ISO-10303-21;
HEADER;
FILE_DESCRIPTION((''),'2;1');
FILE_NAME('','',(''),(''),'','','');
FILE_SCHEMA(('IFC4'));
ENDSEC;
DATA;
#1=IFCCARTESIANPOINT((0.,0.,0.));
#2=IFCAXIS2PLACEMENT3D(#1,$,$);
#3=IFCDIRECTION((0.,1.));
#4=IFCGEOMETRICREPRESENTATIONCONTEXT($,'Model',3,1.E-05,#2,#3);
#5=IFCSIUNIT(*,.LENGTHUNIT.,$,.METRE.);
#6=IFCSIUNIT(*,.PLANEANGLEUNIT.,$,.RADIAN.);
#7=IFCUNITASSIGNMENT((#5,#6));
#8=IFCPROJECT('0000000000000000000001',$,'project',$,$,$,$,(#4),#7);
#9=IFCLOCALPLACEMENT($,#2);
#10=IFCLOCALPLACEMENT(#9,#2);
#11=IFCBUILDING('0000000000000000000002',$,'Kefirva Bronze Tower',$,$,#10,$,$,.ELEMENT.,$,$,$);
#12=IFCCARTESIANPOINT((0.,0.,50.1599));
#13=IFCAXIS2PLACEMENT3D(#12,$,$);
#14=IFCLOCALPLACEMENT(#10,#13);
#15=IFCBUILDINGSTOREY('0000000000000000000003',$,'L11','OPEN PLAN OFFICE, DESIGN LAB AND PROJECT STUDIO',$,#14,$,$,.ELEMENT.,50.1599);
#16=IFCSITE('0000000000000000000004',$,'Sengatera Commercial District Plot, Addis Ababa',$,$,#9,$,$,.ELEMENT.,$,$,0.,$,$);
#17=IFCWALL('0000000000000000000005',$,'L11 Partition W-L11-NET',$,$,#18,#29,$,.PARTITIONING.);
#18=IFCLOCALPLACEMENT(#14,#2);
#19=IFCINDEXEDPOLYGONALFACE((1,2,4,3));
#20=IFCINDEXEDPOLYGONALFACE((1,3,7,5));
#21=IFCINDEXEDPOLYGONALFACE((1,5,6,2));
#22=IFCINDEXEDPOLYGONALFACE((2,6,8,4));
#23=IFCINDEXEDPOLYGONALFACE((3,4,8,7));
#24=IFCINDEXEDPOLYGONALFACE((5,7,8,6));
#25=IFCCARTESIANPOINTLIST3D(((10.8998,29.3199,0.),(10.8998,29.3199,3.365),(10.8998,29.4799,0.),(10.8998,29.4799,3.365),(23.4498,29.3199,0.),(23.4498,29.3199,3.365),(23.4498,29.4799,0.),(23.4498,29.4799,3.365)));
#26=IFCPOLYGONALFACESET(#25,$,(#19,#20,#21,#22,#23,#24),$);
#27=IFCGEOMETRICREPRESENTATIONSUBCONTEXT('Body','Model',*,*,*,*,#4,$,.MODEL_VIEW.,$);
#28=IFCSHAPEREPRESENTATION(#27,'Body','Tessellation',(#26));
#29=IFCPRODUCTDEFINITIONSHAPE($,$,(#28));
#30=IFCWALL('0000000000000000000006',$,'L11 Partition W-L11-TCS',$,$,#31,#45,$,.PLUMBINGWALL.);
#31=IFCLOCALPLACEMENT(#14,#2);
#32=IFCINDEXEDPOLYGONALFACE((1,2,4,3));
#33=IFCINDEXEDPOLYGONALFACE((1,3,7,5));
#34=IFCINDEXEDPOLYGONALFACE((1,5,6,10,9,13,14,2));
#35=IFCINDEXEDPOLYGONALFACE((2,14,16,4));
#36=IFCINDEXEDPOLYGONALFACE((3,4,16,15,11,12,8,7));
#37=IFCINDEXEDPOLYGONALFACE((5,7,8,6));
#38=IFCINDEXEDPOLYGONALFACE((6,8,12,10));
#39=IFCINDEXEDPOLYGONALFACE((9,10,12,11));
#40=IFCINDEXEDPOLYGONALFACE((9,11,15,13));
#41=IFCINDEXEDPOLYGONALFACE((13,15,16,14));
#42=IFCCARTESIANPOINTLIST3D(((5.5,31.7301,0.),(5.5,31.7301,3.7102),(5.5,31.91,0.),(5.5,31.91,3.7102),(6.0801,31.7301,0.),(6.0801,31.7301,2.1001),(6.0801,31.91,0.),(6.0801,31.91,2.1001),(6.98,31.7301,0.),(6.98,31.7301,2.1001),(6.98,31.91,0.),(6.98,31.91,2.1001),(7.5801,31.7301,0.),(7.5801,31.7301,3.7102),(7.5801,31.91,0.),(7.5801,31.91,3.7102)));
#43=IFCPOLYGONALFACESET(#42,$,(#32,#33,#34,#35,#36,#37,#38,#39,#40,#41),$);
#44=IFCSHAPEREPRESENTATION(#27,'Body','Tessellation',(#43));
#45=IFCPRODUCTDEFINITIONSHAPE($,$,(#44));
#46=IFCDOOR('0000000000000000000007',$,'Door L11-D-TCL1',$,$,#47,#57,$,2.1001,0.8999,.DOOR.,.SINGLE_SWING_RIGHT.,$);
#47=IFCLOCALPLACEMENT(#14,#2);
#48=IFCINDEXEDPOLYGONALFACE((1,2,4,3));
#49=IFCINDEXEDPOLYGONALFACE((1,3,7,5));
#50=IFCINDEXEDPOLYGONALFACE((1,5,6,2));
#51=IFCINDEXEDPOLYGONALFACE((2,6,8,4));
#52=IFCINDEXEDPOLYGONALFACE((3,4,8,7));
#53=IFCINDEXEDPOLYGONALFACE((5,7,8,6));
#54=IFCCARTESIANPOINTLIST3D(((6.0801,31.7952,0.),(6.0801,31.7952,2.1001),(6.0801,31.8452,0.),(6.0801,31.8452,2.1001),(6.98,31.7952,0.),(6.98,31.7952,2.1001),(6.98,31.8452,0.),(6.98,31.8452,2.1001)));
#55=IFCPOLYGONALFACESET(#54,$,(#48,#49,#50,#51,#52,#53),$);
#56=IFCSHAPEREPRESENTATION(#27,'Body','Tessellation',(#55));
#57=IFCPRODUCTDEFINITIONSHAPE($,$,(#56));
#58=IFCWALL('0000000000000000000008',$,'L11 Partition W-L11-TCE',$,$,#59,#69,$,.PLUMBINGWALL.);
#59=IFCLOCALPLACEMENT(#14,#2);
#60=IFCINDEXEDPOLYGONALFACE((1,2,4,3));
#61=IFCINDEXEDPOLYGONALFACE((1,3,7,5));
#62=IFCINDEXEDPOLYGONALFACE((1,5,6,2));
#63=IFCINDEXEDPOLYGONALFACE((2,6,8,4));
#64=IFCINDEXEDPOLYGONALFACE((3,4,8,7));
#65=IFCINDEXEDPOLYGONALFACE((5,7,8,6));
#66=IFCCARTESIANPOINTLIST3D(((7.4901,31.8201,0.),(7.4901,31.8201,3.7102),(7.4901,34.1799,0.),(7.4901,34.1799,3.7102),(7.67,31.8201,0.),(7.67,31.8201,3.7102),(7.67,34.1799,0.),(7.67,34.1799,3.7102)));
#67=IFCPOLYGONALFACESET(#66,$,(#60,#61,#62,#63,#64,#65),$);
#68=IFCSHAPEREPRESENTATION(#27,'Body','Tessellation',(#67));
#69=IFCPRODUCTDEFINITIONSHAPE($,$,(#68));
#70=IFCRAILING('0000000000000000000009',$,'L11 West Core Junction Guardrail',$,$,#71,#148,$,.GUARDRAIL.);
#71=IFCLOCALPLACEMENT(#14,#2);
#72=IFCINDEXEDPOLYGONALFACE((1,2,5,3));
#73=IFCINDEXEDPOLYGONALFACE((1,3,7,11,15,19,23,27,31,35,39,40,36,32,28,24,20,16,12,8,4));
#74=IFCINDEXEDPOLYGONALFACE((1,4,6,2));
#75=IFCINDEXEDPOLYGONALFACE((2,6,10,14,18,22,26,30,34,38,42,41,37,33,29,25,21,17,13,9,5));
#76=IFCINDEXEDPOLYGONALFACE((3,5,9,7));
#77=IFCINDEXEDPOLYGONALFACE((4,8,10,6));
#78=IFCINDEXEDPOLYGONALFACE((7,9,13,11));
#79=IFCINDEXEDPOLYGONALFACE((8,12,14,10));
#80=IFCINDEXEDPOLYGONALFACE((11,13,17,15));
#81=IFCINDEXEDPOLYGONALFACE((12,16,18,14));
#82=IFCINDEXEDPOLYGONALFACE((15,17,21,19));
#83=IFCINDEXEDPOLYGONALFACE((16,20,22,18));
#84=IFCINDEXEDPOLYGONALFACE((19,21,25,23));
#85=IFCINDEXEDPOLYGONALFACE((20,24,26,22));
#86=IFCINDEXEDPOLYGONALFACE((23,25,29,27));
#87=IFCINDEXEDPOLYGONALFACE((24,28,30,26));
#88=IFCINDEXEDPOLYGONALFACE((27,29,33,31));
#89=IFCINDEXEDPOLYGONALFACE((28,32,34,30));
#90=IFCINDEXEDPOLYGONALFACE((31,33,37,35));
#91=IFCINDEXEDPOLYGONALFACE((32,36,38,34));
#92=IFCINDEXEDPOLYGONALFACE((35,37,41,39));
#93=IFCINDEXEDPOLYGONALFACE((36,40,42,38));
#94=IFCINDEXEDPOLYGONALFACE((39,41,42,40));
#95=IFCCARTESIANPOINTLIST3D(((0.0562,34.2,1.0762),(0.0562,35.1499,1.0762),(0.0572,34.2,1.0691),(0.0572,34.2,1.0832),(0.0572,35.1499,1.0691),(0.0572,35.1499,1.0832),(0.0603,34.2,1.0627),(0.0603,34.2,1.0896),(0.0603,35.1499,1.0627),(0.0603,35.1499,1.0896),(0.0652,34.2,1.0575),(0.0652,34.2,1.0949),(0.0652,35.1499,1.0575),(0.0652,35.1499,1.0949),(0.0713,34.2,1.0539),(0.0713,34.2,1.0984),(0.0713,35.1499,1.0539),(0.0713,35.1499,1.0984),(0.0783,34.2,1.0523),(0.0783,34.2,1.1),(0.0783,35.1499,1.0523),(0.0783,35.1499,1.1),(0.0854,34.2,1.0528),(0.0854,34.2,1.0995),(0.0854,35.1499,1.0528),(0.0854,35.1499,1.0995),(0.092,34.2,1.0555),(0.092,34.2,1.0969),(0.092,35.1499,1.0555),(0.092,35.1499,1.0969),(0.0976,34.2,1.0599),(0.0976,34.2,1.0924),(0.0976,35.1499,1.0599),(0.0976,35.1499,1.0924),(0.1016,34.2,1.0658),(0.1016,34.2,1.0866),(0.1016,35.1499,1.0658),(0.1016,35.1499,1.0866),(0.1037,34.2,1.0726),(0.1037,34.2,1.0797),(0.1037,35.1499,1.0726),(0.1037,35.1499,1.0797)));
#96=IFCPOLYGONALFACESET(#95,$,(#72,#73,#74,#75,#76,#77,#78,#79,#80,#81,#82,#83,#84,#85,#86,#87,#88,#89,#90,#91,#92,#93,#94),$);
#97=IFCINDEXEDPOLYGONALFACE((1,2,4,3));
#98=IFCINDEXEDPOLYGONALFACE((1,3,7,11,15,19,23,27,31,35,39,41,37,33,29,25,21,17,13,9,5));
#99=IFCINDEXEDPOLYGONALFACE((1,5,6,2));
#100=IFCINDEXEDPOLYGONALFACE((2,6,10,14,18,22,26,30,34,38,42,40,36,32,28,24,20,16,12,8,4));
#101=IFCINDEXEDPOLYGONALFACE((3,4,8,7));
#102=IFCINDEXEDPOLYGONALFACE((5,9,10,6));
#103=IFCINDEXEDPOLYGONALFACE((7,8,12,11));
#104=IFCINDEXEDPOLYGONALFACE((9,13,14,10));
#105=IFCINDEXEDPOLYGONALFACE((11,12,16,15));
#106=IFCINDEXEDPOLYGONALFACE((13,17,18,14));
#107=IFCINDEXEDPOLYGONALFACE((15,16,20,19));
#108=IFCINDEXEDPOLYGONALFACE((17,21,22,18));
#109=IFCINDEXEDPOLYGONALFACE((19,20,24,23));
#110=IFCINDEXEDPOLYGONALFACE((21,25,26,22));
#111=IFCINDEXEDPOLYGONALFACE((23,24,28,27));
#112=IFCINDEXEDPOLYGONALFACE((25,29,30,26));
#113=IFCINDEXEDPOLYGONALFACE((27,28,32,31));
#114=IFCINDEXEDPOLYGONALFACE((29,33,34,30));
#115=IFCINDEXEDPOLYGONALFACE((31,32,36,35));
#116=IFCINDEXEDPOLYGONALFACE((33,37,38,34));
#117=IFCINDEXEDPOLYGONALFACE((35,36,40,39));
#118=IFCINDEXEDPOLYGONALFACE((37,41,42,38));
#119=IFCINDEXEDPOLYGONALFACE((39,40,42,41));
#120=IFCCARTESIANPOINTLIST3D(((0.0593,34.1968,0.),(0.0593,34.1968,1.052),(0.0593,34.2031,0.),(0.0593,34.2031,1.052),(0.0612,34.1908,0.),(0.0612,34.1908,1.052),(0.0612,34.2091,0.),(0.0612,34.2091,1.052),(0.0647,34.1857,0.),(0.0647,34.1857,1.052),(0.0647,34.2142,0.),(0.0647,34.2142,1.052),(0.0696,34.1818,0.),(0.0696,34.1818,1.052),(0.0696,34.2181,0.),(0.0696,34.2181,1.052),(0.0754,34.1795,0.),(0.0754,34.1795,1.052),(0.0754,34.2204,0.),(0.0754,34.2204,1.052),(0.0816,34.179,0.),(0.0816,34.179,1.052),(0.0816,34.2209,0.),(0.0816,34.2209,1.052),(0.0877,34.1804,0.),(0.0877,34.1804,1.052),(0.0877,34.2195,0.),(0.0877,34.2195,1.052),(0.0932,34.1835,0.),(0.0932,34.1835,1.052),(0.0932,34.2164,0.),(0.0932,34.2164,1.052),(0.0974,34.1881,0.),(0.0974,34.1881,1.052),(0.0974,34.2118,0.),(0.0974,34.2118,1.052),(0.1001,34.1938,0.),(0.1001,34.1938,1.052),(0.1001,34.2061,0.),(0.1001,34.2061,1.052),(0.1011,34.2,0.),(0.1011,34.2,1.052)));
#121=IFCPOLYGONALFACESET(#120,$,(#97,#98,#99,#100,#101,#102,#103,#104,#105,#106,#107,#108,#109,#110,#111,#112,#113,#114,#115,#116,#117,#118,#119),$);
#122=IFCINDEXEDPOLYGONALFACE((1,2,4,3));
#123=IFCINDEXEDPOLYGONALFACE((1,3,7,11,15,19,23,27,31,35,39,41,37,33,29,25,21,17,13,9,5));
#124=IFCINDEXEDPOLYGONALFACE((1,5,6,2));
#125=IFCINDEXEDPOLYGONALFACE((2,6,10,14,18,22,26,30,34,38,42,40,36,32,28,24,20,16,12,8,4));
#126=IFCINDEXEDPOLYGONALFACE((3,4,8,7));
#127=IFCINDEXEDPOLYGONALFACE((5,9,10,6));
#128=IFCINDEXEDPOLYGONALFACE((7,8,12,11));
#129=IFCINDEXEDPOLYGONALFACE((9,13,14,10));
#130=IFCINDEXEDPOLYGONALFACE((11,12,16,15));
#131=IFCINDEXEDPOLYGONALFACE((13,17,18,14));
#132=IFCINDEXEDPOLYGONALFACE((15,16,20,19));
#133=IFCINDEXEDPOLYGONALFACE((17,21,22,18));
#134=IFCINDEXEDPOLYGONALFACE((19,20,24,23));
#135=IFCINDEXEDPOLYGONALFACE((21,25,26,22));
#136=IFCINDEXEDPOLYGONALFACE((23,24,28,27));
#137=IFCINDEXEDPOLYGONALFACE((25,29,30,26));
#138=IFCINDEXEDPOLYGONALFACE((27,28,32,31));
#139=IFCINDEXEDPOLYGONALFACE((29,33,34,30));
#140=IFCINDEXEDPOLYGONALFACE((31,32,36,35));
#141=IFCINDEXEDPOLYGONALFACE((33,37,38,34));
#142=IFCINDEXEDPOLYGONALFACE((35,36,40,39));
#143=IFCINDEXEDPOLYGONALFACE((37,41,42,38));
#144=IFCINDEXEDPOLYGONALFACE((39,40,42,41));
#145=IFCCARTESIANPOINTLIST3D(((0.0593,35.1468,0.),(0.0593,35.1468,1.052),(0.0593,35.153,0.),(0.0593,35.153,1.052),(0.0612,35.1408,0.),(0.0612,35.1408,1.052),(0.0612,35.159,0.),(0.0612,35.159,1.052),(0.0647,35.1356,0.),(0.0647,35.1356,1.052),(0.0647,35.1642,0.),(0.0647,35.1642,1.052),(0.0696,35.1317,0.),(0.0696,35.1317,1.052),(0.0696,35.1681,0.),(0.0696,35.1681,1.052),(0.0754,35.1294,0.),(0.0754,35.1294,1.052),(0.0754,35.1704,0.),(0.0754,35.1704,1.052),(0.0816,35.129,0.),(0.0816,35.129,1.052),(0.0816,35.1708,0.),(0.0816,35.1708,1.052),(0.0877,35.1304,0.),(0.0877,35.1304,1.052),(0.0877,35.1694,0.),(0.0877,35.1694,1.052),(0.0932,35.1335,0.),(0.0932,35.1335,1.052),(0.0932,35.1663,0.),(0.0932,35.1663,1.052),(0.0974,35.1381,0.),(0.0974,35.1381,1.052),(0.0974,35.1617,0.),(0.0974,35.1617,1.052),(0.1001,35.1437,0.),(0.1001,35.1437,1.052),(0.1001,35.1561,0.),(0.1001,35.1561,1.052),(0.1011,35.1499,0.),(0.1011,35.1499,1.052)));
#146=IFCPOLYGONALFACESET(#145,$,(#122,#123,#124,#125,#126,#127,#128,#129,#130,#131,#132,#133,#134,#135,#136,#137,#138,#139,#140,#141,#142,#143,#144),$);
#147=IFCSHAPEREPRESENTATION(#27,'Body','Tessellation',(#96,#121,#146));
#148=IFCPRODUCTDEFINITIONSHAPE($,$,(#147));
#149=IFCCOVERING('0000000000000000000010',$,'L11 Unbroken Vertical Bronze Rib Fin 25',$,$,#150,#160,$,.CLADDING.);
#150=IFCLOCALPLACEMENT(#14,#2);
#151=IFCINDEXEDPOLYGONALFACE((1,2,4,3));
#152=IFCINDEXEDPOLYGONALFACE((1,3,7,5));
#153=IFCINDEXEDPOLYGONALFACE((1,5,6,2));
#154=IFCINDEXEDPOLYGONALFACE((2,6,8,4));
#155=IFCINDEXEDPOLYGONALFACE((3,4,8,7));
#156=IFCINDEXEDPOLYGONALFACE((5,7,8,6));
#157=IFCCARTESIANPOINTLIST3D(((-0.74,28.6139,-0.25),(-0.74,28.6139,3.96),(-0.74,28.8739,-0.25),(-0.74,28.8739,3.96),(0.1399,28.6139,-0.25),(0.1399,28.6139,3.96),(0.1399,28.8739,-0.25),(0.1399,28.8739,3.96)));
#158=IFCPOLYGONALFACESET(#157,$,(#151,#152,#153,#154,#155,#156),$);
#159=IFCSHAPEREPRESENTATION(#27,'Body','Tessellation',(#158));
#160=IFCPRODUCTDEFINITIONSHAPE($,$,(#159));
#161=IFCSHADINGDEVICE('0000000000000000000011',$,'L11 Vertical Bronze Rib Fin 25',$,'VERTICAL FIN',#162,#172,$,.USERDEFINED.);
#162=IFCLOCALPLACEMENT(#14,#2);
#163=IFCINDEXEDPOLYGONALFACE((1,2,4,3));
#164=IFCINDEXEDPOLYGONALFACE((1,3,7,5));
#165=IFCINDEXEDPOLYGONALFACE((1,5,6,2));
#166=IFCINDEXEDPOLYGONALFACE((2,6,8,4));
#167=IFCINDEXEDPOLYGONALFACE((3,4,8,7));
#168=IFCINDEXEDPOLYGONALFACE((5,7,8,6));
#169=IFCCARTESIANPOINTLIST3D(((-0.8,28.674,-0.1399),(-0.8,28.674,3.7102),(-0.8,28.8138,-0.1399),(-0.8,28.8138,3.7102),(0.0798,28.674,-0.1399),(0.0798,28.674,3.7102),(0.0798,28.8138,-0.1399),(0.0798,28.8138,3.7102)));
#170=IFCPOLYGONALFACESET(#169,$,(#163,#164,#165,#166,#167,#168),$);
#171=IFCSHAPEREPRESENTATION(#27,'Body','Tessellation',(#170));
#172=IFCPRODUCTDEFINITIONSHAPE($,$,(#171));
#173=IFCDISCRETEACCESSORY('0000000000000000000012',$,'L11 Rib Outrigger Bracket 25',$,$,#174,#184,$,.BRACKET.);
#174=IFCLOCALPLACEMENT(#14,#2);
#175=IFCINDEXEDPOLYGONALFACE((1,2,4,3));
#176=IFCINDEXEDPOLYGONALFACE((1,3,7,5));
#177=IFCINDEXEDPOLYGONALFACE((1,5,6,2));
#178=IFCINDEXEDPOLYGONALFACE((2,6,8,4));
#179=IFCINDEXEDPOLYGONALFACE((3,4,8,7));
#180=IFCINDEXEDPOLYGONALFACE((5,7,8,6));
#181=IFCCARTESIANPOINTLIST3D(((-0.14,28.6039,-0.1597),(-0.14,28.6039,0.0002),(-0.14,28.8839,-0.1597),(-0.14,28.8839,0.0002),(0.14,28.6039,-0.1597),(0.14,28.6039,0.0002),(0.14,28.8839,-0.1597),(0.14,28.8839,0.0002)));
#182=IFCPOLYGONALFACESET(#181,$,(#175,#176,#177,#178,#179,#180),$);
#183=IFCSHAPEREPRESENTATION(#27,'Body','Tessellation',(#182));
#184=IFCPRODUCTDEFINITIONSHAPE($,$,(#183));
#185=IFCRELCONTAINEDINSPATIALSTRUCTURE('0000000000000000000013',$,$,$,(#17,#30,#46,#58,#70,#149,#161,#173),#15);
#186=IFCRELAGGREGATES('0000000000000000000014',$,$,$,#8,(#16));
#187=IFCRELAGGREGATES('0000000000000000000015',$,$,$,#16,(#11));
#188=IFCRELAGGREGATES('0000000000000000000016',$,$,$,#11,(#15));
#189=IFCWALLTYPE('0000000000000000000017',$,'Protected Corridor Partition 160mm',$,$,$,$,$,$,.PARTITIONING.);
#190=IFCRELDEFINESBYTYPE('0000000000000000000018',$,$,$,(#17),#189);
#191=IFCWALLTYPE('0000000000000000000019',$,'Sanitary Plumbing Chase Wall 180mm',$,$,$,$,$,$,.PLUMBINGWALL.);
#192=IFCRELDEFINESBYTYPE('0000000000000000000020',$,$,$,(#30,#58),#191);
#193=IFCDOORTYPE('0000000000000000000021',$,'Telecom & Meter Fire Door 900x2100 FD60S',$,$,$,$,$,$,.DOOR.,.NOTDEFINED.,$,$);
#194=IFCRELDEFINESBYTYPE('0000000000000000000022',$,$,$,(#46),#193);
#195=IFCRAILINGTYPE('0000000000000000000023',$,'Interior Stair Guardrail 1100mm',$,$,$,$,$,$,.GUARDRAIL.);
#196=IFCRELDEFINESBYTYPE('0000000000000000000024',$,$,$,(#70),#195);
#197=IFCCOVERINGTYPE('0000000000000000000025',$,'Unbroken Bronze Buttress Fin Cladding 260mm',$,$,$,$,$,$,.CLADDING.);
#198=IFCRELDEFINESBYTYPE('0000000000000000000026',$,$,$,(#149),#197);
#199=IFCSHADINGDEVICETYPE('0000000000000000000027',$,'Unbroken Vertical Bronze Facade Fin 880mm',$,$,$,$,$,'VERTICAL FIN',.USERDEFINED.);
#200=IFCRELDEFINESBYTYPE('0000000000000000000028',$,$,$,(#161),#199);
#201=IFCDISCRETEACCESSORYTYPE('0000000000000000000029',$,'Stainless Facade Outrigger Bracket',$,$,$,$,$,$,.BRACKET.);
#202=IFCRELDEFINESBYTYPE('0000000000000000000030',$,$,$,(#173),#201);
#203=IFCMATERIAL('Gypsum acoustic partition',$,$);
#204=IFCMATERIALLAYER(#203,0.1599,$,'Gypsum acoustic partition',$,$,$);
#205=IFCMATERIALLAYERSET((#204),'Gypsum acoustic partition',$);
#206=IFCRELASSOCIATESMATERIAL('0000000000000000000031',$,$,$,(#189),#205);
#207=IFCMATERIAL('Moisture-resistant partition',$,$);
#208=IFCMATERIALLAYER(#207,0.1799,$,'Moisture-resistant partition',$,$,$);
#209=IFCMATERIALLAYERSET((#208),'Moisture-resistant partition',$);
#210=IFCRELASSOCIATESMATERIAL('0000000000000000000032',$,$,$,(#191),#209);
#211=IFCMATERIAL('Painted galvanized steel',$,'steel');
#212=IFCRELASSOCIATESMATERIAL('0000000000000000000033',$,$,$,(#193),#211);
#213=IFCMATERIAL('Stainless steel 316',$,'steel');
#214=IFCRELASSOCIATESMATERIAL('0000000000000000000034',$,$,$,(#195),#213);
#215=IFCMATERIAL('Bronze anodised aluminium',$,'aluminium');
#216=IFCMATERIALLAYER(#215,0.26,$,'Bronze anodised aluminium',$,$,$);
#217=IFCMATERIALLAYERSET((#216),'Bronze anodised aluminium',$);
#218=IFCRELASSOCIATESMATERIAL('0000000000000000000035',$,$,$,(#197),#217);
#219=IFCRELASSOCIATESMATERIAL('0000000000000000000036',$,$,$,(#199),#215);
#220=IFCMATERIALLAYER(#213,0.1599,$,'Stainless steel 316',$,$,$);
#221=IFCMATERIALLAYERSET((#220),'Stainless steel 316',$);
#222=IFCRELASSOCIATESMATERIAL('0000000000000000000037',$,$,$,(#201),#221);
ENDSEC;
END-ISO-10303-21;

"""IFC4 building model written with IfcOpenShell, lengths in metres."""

from ifc_helpers import new_model, si_unit, direction, frame, frame_2d, origin, origin_2d, place, context, subcontext, project, spatial, rectangle, circle, extrude, material, layer, layer_set, material_profile, profile_set, type_object, element, fill, save


model = new_model("IFC4")

# Units and contexts
model_context = context("Model", 3, precision=1e-05, world=origin(), true_north=direction((0.0, 1.0)))
body_context = subcontext(model_context, "Body", "Model", "MODEL_VIEW")
ifc_project = project(units=[si_unit("LENGTHUNIT", "METRE"), si_unit("PLANEANGLEUNIT", "RADIAN")], contexts=[model_context])

# Site, building, storey
site_placement = place(None, origin())
site = spatial("IfcSite", under=ifc_project, at=site_placement, Name="Sengatera Commercial District Plot, Addis Ababa", CompositionType="ELEMENT", RefElevation=0.0)
building_placement = place(site_placement, origin())
building = spatial("IfcBuilding", under=site, at=building_placement, Name="Kefirva Bronze Tower", CompositionType="ELEMENT")
storey_placement = place(building_placement, frame((0.0, 0.0, 50.1599)))
storey = spatial("IfcBuildingStorey", under=building, at=storey_placement, Name="L11", Description="OPEN PLAN OFFICE, DESIGN LAB AND PROJECT STUDIO", CompositionType="ELEMENT", Elevation=50.1599)

# Shared definitions
ifc_material_1 = material(Name="Bronze anodised aluminium", Category="aluminium")

# Wall
ifc_material_2 = material(Name="Gypsum acoustic partition")
ifc_layer_1 = layer(ifc_material_2, 0.1599, Name="Gypsum acoustic partition")
ifc_layer_set_1 = layer_set([ifc_layer_1], Name="Gypsum acoustic partition")
wall_type_1 = type_object("IfcWallType", Name="Protected Corridor Partition 160mm", PredefinedType="PARTITIONING", material=ifc_layer_set_1)
wall_1_placement = place(storey_placement, frame((10.8999, 29.3999, 0.0), z_axis=(0.0, 0.0, 1.0), x_axis=(1.0, 0.0, 0.0)))
element("IfcWall", 1, at=wall_1_placement, inside=storey, type_object=wall_type_1, Name="L11 Partition W-L11-NET", PredefinedType="PARTITIONING", context=body_context, shape_type="SweptSolid", body=[
    extrude(rectangle(XDim=12.55, YDim=0.1599, at=frame_2d((6.2749, 0.0))), origin(), (0.0, 0.0, 1.0), 3.365),
])

# Wall, opening, door
ifc_material_3 = material(Name="Moisture-resistant partition")
ifc_layer_2 = layer(ifc_material_3, 0.1799, Name="Moisture-resistant partition")
ifc_layer_set_2 = layer_set([ifc_layer_2], Name="Moisture-resistant partition")
wall_type_2 = type_object("IfcWallType", Name="Sanitary Plumbing Chase Wall 180mm", PredefinedType="PLUMBINGWALL", material=ifc_layer_set_2)
wall_2_placement = place(storey_placement, frame((5.5, 31.8201, 0.0), z_axis=(0.0, 0.0, 1.0), x_axis=(1.0, 0.0, 0.0)))
wall_2 = element("IfcWall", 2, at=wall_2_placement, inside=storey, type_object=wall_type_2, Name="L11 Partition W-L11-TCS", PredefinedType="PLUMBINGWALL", context=body_context, shape_type="SweptSolid", body=[
    extrude(rectangle(XDim=2.0801, YDim=0.1799, at=frame_2d((1.04, 0.0))), origin(), (0.0, 0.0, 1.0), 3.7102),
])
opening_placement = place(wall_2_placement, frame((1.48, 0.0, 0.0), z_axis=(0.0, 0.0, 1.0), x_axis=(-1.0, 0.0, 0.0)))
opening = element("IfcOpeningElement", 3, at=opening_placement, cuts=wall_2, PredefinedType="OPENING", context=body_context, shape_type="SweptSolid", body=[
    extrude(rectangle(XDim=0.8999, YDim=2.1001, at=frame_2d((0.45, 1.05))), frame((0.0, 0.1001, 0.0), z_axis=(0.0, -1.0, 0.0), x_axis=(1.0, 0.0, 0.0)), (0.0, 0.0, 1.0), 0.2),
])
ifc_material_4 = material(Name="Painted galvanized steel", Category="steel")
door_type = type_object("IfcDoorType", Name="Telecom & Meter Fire Door 900x2100 FD60S", OperationType="NOTDEFINED", PredefinedType="DOOR", material=ifc_material_4)
door_placement = place(opening_placement, origin())
door = element("IfcDoor", 4, at=door_placement, inside=storey, type_object=door_type, Name="Door L11-D-TCL1", OperationType="SINGLE_SWING_RIGHT", OverallHeight=2.1001, OverallWidth=0.8999, PredefinedType="DOOR", context=body_context, shape_type="SweptSolid", body=[
    extrude(rectangle(XDim=0.8999, YDim=2.1001, at=frame_2d((0.45, 1.05))), frame((0.0, 0.0249, 0.0), z_axis=(0.0, -1.0, 0.0), x_axis=(1.0, 0.0, 0.0)), (0.0, 0.0, 1.0), 0.05),
])
fill(opening, door)

# Wall
wall_3_placement = place(storey_placement, frame((7.5801, 31.8201, 0.0), z_axis=(0.0, 0.0, 1.0), x_axis=(0.0, 1.0, 0.0)))
element("IfcWall", 5, at=wall_3_placement, inside=storey, type_object=wall_type_2, Name="L11 Partition W-L11-TCE", PredefinedType="PLUMBINGWALL", context=body_context, shape_type="SweptSolid", body=[
    extrude(rectangle(XDim=2.3599, YDim=0.1799, at=frame_2d((1.1799, 0.0))), origin(), (0.0, 0.0, 1.0), 3.7102),
])

# Railing
ifc_material_5 = material(Name="Stainless steel 316", Category="steel")
railing_type = type_object("IfcRailingType", Name="Interior Stair Guardrail 1100mm", PredefinedType="GUARDRAIL", material=ifc_material_5)
railing_placement = place(storey_placement, frame((0.0801, 34.2, 0.0)))
element("IfcRailing", 6, at=railing_placement, inside=storey, type_object=railing_type, Name="L11 West Core Junction Guardrail", PredefinedType="GUARDRAIL", context=body_context, shape_type="SweptSolid", body=[
    extrude(circle(Radius=0.0239, at=origin_2d()), frame((0.0, 0.0, 1.0762), z_axis=(0.0, 1.0, 0.0), x_axis=(-1.0, 0.0, 0.0)), (0.0, 0.0, 1.0), 0.95),
    extrude(circle(Radius=0.021, at=origin_2d()), origin(), (0.0, 0.0, 1.0), 1.052),
    extrude(circle(Radius=0.021, at=origin_2d()), frame((0.0, 0.95, 0.0)), (0.0, 0.0, 1.0), 1.052),
])

# Covering
ifc_layer_3 = layer(ifc_material_1, 0.26, Name="Bronze anodised aluminium")
ifc_layer_set_3 = layer_set([ifc_layer_3], Name="Bronze anodised aluminium")
covering_type = type_object("IfcCoveringType", Name="Unbroken Bronze Buttress Fin Cladding 260mm", PredefinedType="CLADDING", material=ifc_layer_set_3)
covering_placement = place(storey_placement, frame((-0.3, 28.7439, -0.25), z_axis=(0.0, 0.0, 1.0), x_axis=(0.0, -1.0, 0.0)))
element("IfcCovering", 7, at=covering_placement, inside=storey, type_object=covering_type, Name="L11 Unbroken Vertical Bronze Rib Fin 25", PredefinedType="CLADDING", context=body_context, shape_type="SweptSolid", body=[
    extrude(rectangle(XDim=0.26, YDim=0.8799, at=origin_2d()), origin(), (0.0, 0.0, 1.0), 4.21),
])

# Shading device
ifc_material_profile_1 = material_profile(ifc_material_1, rectangle(XDim=0.1399, YDim=0.8799, at=origin_2d()), Name="BRONZE FIN 140x880")
ifc_profile_set_1 = profile_set([ifc_material_profile_1], Name="Bronze anodised aluminium")
shading_device_type = type_object("IfcShadingDeviceType", Name="Unbroken Vertical Bronze Facade Fin 880mm", ElementType="VERTICAL FIN", PredefinedType="USERDEFINED", material=ifc_profile_set_1)
shading_device_placement = place(storey_placement, frame((-0.3601, 28.7439, -0.1399), z_axis=(0.0, 0.0, 1.0), x_axis=(0.0, -1.0, 0.0)))
element("IfcShadingDevice", 8, at=shading_device_placement, inside=storey, type_object=shading_device_type, Name="L11 Vertical Bronze Rib Fin 25", ObjectType="VERTICAL FIN", PredefinedType="USERDEFINED", context=body_context, shape_type="SweptSolid", body=[
    extrude(rectangle(XDim=0.1399, YDim=0.8799, at=origin_2d()), origin(), (0.0, 0.0, 1.0), 3.8501),
])

# Discrete accessory
ifc_layer_4 = layer(ifc_material_5, 0.1599, Name="Stainless steel 316")
ifc_layer_set_4 = layer_set([ifc_layer_4], Name="Stainless steel 316")
discrete_accessory_type = type_object("IfcDiscreteAccessoryType", Name="Stainless Facade Outrigger Bracket", PredefinedType="BRACKET", material=ifc_layer_set_4)
discrete_accessory_placement = place(storey_placement, frame((0.0, 28.7439, -0.1597), z_axis=(0.0, 0.0, 1.0), x_axis=(0.0, -1.0, 0.0)))
element("IfcDiscreteAccessory", 9, at=discrete_accessory_placement, inside=storey, type_object=discrete_accessory_type, Name="L11 Rib Outrigger Bracket 25", PredefinedType="BRACKET", context=body_context, shape_type="SweptSolid", body=[
    extrude(rectangle(XDim=0.28, YDim=0.28, at=origin_2d()), origin(), (0.0, 0.0, 1.0), 0.1599),
])

save(model, "model.ifc")
